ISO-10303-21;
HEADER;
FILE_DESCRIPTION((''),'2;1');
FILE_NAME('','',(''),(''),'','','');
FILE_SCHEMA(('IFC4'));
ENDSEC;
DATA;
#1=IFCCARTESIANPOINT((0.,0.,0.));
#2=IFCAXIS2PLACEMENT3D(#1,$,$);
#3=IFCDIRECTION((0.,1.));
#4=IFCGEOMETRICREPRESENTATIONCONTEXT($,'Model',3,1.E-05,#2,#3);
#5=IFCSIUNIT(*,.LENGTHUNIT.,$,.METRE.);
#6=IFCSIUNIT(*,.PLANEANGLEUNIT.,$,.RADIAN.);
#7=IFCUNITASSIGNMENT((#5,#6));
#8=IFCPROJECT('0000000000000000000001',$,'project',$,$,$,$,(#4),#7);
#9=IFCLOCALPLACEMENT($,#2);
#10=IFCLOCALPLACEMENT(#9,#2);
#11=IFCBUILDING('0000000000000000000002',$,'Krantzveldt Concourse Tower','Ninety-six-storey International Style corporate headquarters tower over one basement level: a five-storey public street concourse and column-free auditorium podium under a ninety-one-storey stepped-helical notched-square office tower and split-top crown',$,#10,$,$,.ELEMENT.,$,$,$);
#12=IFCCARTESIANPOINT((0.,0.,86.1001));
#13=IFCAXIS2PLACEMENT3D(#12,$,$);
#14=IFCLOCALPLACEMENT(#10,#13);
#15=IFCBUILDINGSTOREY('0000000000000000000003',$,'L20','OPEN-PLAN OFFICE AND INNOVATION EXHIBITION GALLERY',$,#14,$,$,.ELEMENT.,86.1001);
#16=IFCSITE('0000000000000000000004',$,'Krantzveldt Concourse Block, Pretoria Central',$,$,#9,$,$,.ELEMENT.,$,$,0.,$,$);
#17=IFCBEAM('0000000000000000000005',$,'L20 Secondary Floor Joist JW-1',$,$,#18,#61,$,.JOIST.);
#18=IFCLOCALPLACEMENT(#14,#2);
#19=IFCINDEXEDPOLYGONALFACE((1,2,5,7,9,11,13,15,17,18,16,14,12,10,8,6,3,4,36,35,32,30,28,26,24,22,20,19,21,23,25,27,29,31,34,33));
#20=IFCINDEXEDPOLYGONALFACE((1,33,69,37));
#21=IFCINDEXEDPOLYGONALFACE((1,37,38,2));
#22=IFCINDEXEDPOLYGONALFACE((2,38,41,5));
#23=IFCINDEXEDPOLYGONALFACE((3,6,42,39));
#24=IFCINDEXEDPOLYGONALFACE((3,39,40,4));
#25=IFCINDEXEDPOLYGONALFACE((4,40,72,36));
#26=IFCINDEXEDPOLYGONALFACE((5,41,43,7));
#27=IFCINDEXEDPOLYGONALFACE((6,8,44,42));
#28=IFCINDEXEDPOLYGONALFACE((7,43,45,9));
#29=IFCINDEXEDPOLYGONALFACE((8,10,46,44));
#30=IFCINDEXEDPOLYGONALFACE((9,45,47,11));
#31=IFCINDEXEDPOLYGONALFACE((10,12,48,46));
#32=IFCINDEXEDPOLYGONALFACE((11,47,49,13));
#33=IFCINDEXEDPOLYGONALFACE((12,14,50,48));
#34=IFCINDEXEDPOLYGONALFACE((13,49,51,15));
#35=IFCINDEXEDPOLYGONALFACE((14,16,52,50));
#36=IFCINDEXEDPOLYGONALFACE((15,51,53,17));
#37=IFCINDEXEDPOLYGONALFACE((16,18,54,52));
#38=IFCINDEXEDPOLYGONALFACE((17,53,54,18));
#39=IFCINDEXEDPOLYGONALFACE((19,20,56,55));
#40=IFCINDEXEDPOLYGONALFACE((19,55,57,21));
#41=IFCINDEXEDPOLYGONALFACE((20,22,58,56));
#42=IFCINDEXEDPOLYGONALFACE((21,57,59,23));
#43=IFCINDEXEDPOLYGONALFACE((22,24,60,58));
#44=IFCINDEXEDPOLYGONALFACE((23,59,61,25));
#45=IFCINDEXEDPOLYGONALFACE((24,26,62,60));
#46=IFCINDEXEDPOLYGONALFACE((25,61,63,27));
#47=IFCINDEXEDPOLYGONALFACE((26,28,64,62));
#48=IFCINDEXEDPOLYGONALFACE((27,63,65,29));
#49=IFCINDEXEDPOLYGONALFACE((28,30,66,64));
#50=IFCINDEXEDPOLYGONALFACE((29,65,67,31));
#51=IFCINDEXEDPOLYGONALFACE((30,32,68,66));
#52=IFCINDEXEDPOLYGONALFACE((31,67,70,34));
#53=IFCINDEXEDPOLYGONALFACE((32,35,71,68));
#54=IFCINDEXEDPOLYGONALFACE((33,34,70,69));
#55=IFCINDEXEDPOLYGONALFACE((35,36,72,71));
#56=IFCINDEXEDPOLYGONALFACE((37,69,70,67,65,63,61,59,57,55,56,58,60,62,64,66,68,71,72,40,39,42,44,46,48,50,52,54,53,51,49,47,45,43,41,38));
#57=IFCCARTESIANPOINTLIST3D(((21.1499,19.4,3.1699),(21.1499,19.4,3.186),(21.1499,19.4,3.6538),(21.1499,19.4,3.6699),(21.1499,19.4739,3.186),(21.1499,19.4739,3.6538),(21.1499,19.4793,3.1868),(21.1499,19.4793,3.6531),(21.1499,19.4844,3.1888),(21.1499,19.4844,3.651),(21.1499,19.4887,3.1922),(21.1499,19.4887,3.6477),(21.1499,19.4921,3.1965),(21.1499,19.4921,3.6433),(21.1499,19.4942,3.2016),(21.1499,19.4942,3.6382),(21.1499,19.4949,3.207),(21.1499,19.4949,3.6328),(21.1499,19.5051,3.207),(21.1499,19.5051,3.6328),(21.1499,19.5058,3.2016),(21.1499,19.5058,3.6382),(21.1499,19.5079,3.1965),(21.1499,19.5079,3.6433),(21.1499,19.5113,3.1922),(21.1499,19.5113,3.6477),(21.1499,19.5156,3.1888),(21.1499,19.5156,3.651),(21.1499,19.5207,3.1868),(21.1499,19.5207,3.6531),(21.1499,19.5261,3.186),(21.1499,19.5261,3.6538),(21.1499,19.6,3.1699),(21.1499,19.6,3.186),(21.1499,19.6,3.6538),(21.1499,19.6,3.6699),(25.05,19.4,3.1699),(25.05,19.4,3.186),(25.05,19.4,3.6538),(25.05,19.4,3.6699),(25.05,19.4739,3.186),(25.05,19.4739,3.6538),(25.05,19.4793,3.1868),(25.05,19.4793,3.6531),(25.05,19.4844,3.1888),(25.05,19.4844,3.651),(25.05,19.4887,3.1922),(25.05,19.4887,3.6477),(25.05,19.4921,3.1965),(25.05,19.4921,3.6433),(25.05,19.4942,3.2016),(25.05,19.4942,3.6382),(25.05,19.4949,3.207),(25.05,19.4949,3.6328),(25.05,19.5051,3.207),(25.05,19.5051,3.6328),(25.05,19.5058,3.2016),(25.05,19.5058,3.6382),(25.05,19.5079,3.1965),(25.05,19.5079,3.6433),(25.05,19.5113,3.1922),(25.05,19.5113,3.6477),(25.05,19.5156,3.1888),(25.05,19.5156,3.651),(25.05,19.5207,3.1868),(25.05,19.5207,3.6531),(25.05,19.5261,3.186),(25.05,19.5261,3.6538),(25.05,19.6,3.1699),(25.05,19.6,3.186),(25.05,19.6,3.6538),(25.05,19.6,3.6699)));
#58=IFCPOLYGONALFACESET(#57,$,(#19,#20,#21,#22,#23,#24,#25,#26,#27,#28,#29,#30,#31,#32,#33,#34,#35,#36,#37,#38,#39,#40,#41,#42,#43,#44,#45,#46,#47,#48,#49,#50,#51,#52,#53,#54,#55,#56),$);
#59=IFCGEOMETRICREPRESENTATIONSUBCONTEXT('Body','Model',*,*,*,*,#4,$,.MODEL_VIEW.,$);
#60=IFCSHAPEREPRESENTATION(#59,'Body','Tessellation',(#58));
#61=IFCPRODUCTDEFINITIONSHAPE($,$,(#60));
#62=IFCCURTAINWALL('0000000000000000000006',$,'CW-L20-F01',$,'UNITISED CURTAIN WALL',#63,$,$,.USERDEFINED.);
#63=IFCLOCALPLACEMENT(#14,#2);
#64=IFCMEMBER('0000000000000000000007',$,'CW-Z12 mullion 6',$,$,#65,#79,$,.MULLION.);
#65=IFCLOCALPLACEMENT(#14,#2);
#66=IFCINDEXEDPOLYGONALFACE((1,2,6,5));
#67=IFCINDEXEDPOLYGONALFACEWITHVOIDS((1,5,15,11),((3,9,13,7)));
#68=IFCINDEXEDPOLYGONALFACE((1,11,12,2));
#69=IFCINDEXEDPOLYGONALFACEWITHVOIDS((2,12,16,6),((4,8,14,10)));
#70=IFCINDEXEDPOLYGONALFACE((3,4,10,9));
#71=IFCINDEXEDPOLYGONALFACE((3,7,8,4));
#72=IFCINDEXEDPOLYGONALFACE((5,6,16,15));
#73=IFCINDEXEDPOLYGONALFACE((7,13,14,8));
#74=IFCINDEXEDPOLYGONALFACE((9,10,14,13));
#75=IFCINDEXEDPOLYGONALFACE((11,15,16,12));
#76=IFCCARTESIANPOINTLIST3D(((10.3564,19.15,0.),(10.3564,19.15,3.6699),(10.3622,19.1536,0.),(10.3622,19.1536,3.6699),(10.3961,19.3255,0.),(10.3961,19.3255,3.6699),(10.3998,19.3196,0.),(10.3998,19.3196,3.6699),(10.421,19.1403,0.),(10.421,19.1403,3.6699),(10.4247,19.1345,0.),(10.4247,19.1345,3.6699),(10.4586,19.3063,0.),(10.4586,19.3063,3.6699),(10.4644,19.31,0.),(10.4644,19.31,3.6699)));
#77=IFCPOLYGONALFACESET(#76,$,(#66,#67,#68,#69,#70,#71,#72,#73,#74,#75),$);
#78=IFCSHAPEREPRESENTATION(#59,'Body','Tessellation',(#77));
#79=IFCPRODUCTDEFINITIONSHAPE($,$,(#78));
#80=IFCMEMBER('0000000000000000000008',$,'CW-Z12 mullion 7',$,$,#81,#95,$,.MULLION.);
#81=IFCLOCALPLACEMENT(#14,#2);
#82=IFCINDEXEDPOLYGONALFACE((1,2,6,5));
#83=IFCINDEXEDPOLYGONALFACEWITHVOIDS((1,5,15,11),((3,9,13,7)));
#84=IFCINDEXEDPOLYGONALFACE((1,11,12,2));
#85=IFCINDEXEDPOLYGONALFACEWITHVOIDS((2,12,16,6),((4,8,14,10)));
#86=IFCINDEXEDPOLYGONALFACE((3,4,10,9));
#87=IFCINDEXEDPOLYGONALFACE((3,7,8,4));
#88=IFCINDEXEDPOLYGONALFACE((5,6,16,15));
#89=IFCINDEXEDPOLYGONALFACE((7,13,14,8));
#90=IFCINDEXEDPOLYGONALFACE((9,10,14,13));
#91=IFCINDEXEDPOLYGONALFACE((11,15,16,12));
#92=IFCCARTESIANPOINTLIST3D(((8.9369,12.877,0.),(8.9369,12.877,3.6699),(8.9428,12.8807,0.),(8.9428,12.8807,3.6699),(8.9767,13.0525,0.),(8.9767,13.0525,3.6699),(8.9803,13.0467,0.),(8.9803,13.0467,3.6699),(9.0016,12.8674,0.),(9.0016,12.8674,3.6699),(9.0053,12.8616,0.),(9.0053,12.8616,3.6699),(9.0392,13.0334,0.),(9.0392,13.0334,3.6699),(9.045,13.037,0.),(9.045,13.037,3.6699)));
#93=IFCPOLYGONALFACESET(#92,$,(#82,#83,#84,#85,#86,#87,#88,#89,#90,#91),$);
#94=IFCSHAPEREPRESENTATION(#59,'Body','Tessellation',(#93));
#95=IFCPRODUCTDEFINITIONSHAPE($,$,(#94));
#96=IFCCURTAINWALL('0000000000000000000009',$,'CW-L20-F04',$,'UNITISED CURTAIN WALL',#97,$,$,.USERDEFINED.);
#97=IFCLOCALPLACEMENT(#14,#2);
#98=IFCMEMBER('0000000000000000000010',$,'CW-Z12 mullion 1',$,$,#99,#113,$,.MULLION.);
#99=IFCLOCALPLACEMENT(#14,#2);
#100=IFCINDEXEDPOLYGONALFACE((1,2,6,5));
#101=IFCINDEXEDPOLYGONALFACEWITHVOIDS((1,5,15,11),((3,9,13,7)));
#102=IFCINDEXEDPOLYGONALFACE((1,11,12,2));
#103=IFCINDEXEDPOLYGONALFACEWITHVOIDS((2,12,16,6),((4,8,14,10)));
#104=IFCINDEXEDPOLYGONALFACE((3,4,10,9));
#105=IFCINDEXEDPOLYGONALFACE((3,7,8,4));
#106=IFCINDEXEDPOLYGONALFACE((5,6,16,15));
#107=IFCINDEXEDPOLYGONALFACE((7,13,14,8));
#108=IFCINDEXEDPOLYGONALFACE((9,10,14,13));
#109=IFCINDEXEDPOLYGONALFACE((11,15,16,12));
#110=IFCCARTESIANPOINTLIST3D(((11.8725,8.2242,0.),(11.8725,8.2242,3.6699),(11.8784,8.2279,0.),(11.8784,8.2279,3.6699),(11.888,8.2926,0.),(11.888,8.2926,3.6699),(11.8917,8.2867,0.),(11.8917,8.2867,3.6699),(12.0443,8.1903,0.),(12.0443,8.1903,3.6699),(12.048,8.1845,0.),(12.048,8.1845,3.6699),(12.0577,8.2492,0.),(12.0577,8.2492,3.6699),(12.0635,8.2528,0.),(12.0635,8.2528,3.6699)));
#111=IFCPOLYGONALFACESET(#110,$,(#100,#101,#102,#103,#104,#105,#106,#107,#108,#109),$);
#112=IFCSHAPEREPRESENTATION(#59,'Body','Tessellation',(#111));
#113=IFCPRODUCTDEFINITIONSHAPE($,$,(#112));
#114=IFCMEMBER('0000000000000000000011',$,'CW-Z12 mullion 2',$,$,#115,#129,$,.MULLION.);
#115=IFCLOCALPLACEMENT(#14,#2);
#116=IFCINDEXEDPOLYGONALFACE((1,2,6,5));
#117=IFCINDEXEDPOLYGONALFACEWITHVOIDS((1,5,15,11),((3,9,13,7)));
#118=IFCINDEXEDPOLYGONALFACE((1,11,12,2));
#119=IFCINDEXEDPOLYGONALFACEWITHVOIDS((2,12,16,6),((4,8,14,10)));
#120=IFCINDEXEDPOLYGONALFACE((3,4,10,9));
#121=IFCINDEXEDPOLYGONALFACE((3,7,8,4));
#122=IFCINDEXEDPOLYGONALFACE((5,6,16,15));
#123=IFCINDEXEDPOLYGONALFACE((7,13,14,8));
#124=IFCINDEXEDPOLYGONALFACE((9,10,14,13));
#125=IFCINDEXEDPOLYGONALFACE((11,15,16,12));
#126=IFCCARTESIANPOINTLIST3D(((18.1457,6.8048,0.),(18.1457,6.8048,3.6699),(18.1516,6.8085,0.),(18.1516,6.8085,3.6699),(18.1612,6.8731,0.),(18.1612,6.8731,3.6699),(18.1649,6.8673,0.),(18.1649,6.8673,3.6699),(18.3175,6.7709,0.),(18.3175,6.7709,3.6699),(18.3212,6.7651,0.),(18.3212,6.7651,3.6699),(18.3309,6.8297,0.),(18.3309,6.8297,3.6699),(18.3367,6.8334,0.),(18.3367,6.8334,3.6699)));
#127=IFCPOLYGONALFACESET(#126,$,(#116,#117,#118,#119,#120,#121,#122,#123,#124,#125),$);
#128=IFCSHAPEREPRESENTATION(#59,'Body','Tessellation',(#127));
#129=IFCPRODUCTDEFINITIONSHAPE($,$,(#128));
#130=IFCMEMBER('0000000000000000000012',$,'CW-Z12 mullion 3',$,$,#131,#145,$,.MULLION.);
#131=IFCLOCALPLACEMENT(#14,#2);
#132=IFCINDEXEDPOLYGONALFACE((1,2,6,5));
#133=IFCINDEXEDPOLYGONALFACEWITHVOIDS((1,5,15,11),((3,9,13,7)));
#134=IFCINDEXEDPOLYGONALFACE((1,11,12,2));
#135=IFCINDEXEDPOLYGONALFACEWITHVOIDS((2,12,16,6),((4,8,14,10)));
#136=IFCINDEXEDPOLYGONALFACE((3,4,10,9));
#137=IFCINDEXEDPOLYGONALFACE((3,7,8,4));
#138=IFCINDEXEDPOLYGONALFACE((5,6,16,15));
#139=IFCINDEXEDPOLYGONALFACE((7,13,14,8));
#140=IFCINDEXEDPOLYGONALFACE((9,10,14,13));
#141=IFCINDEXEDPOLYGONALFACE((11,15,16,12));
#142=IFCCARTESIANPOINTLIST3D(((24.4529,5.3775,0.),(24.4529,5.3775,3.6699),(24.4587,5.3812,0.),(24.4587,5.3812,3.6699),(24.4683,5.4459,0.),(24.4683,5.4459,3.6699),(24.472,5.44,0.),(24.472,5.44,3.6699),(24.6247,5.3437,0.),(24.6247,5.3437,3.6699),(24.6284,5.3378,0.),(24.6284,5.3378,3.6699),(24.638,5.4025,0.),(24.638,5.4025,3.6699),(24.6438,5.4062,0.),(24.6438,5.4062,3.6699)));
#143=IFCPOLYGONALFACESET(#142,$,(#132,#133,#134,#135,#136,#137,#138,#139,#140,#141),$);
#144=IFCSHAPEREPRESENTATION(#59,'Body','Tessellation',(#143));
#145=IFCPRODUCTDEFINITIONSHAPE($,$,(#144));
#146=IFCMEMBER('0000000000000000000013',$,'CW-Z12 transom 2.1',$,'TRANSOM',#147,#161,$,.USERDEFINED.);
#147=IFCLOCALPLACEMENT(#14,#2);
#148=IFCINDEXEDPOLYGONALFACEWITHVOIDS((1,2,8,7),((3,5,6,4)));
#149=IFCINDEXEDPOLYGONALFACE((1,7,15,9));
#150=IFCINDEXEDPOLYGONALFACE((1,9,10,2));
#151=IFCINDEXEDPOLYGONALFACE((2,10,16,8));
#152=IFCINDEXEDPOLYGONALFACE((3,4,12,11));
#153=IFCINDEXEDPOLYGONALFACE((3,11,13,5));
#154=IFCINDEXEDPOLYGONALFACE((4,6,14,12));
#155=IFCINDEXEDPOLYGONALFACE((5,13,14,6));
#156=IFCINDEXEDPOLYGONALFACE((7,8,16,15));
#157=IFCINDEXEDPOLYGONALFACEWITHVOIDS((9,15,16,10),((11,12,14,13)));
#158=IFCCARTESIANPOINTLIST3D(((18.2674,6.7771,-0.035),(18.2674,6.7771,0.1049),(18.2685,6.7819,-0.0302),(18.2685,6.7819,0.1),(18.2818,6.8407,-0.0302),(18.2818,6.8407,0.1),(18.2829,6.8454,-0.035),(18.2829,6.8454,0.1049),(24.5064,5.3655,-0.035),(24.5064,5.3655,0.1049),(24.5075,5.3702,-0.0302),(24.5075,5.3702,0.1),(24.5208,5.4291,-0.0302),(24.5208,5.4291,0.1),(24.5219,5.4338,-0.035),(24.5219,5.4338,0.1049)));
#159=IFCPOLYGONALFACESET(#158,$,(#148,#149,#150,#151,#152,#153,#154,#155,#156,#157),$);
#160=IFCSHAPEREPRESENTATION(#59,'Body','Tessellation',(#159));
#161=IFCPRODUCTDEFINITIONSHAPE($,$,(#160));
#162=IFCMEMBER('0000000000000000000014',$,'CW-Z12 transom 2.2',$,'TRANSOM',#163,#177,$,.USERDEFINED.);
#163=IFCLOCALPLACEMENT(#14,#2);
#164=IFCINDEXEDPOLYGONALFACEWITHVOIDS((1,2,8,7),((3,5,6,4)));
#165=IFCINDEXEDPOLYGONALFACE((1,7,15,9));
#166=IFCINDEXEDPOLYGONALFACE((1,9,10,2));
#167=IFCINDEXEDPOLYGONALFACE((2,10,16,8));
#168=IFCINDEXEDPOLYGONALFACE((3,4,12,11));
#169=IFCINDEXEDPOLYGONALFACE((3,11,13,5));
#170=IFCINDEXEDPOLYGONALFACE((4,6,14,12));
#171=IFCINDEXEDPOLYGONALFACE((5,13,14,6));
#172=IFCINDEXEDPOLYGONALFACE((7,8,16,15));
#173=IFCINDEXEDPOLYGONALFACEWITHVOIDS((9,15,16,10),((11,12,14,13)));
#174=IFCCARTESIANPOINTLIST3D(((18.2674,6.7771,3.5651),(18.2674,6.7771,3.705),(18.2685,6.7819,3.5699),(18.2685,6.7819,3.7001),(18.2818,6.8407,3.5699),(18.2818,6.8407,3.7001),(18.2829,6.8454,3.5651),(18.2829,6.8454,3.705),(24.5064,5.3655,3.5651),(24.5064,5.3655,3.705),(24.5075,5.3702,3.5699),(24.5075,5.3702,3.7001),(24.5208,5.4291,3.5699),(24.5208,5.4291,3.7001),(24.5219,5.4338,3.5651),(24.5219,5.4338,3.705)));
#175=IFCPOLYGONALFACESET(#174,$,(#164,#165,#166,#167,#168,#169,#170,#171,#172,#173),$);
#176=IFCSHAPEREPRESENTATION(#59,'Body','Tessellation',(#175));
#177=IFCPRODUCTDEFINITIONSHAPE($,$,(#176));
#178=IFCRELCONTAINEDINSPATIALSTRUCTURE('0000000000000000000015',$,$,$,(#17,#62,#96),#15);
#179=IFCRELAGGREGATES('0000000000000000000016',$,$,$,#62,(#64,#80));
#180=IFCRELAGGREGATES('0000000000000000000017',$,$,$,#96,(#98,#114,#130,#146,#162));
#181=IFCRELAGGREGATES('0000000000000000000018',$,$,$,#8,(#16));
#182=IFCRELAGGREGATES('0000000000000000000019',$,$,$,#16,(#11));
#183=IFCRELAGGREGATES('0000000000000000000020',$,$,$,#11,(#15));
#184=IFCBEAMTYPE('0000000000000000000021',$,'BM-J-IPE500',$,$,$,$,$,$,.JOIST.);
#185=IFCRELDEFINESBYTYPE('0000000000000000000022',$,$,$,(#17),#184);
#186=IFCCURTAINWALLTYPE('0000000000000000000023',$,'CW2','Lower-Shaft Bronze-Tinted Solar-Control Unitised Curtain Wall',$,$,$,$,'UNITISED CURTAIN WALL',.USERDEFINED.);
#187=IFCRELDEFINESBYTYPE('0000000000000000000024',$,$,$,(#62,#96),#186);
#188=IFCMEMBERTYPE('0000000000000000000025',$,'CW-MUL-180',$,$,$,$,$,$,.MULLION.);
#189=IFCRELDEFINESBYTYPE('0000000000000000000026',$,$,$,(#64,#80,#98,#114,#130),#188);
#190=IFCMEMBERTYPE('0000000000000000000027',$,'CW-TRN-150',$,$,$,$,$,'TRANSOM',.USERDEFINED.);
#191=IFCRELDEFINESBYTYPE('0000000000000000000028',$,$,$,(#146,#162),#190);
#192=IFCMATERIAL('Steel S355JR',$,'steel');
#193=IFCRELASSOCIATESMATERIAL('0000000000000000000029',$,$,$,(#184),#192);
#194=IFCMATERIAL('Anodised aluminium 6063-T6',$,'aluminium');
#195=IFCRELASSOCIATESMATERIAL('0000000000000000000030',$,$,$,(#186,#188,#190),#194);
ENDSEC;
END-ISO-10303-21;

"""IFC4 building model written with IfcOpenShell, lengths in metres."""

from ifc_helpers import new_model, si_unit, direction, frame, origin, origin_2d, place, context, subcontext, project, spatial, hollow_rectangle, i_section, extrude, source, transform, mapped, material, material_profile, profile_set, type_object, type_shapes, element, aggregate, save


model = new_model("IFC4")

# Units and contexts
model_context = context("Model", 3, precision=1e-05, world=origin(), true_north=direction((0.0, 1.0)))
body_context = subcontext(model_context, "Body", "Model", "MODEL_VIEW")
ifc_project = project(units=[si_unit("LENGTHUNIT", "METRE"), si_unit("PLANEANGLEUNIT", "RADIAN")], contexts=[model_context])

# Site, building, storey
site_placement = place(None, origin())
site = spatial("IfcSite", under=ifc_project, at=site_placement, Name="Krantzveldt Concourse Block, Pretoria Central", CompositionType="ELEMENT", RefElevation=0.0)
building_placement = place(site_placement, origin())
building = spatial("IfcBuilding", under=site, at=building_placement, Name="Krantzveldt Concourse Tower", Description="Ninety-six-storey International Style corporate headquarters tower over one basement level: a five-storey public street concourse and column-free auditorium podium under a ninety-one-storey stepped-helical notched-square office tower and split-top crown", CompositionType="ELEMENT")
storey_placement = place(building_placement, frame((0.0, 0.0, 86.1001)))
storey = spatial("IfcBuildingStorey", under=building, at=storey_placement, Name="L20", Description="OPEN-PLAN OFFICE AND INNOVATION EXHIBITION GALLERY", CompositionType="ELEMENT", Elevation=86.1001)

# Beam
ifc_material_1 = material(Name="Steel S355JR", Category="steel")
ifc_material_profile_1 = material_profile(ifc_material_1, i_section(OverallWidth=0.2, OverallDepth=0.5, WebThickness=0.0103, FlangeThickness=0.0161, FilletRadius=0.021, at=origin_2d()), Name="Steel S355JR", Category="steel")
ifc_profile_set_1 = profile_set([ifc_material_profile_1], Name="Steel S355JR - IPE 500")
beam_type_1 = type_object("IfcBeamType", Name="BM-J-IPE500", PredefinedType="JOIST", material=ifc_profile_set_1)
shared_shape_1 = source(origin(), body_context, "Body", "SweptSolid", [
    extrude(i_section(OverallWidth=0.2, OverallDepth=0.5, WebThickness=0.0103, FlangeThickness=0.0161, FilletRadius=0.021, at=origin_2d()), origin(), (0.0, 0.0, 1.0), 3.9001),
])
type_shapes(beam_type_1, [shared_shape_1])
beam_1_placement = place(storey_placement, frame((21.1499, 19.5, 3.4199), z_axis=(1.0, 0.0, 0.0), x_axis=(0.0, 1.0, 0.0)))
element("IfcBeam", 1, at=beam_1_placement, inside=storey, type_object=beam_type_1, Name="L20 Secondary Floor Joist JW-1", PredefinedType="JOIST", context=body_context, shape_type="MappedRepresentation", body=[
    mapped(shared_shape_1, transform((0.0, 0.0, 0.0), x_axis=(1.0, 0.0, 0.0), y_axis=(0.0, 1.0, 0.0), z_axis=(0.0, 0.0, 1.0), scale=1.0)),
])

# Curtain walls, members
ifc_material_2 = material(Name="Anodised aluminium 6063-T6", Category="aluminium")
curtain_wall_type = type_object("IfcCurtainWallType", Name="CW2", Description="Lower-Shaft Bronze-Tinted Solar-Control Unitised Curtain Wall", ElementType="UNITISED CURTAIN WALL", PredefinedType="USERDEFINED", material=ifc_material_2)
curtain_wall_1_placement = place(storey_placement, origin())
curtain_wall_1 = element("IfcCurtainWall", 2, at=curtain_wall_1_placement, inside=storey, type_object=curtain_wall_type, Name="CW-L20-F01", ObjectType="UNITISED CURTAIN WALL", PredefinedType="USERDEFINED")
ifc_material_profile_2 = material_profile(ifc_material_2, hollow_rectangle(XDim=0.0701, YDim=0.1799, WallThickness=0.0049, at=origin_2d()), Name="Anodised aluminium 6063-T6", Category="aluminium")
ifc_profile_set_2 = profile_set([ifc_material_profile_2], Name="Anodised aluminium 6063-T6 - ALU-MULL 180x70x5")
member_type_1 = type_object("IfcMemberType", Name="CW-MUL-180", PredefinedType="MULLION", material=ifc_profile_set_2)
shared_shape_2 = source(origin(), body_context, "Body", "SweptSolid", [
    extrude(hollow_rectangle(XDim=0.0701, YDim=0.1799, WallThickness=0.0049, at=origin_2d()), origin(), (0.0, 0.0, 1.0), 3.6699),
])
type_shapes(member_type_1, [shared_shape_2])
member_1_placement = place(storey_placement, frame((10.4104, 19.23, 0.0), z_axis=(0.0, 0.0, 1.0), x_axis=(0.975342, -0.220697, 0.0)))
member_1 = element("IfcMember", 3, at=member_1_placement, type_object=member_type_1, Name="CW-Z12 mullion 6", PredefinedType="MULLION", context=body_context, shape_type="MappedRepresentation", body=[
    mapped(shared_shape_2, transform((0.0, 0.0, 0.0), x_axis=(1.0, 0.0, 0.0), y_axis=(0.0, 1.0, 0.0), z_axis=(0.0, 0.0, 1.0), scale=1.0)),
])
member_2_placement = place(storey_placement, frame((8.991, 12.957, 0.0), z_axis=(0.0, 0.0, 1.0), x_axis=(0.975342, -0.220697, 0.0)))
member_2 = element("IfcMember", 4, at=member_2_placement, type_object=member_type_1, Name="CW-Z12 mullion 7", PredefinedType="MULLION", context=body_context, shape_type="MappedRepresentation", body=[
    mapped(shared_shape_2, transform((0.0, 0.0, 0.0), x_axis=(1.0, 0.0, 0.0), y_axis=(0.0, 1.0, 0.0), z_axis=(0.0, 0.0, 1.0), scale=1.0)),
])
curtain_wall_2_placement = place(storey_placement, origin())
curtain_wall_2 = element("IfcCurtainWall", 5, at=curtain_wall_2_placement, inside=storey, type_object=curtain_wall_type, Name="CW-L20-F04", ObjectType="UNITISED CURTAIN WALL", PredefinedType="USERDEFINED")
member_3_placement = place(storey_placement, frame((11.968, 8.2385, 0.0), z_axis=(0.0, 0.0, 1.0), x_axis=(0.220697, 0.975342, 0.0)))
member_3 = element("IfcMember", 6, at=member_3_placement, type_object=member_type_1, Name="CW-Z12 mullion 1", PredefinedType="MULLION", context=body_context, shape_type="MappedRepresentation", body=[
    mapped(shared_shape_2, transform((0.0, 0.0, 0.0), x_axis=(1.0, 0.0, 0.0), y_axis=(0.0, 1.0, 0.0), z_axis=(0.0, 0.0, 1.0), scale=1.0)),
])
member_4_placement = place(storey_placement, frame((18.2412, 6.8191, 0.0), z_axis=(0.0, 0.0, 1.0), x_axis=(0.220697, 0.975342, 0.0)))
member_4 = element("IfcMember", 7, at=member_4_placement, type_object=member_type_1, Name="CW-Z12 mullion 2", PredefinedType="MULLION", context=body_context, shape_type="MappedRepresentation", body=[
    mapped(shared_shape_2, transform((0.0, 0.0, 0.0), x_axis=(1.0, 0.0, 0.0), y_axis=(0.0, 1.0, 0.0), z_axis=(0.0, 0.0, 1.0), scale=1.0)),
])
member_5_placement = place(storey_placement, frame((24.5483, 5.3918, 0.0), z_axis=(0.0, 0.0, 1.0), x_axis=(0.220697, 0.975342, 0.0)))
member_5 = element("IfcMember", 8, at=member_5_placement, type_object=member_type_1, Name="CW-Z12 mullion 3", PredefinedType="MULLION", context=body_context, shape_type="MappedRepresentation", body=[
    mapped(shared_shape_2, transform((0.0, 0.0, 0.0), x_axis=(1.0, 0.0, 0.0), y_axis=(0.0, 1.0, 0.0), z_axis=(0.0, 0.0, 1.0), scale=1.0)),
])
ifc_material_profile_3 = material_profile(ifc_material_2, hollow_rectangle(XDim=0.0701, YDim=0.1399, WallThickness=0.0049, at=origin_2d()), Name="Anodised aluminium 6063-T6", Category="aluminium")
ifc_profile_set_3 = profile_set([ifc_material_profile_3], Name="Anodised aluminium 6063-T6 - ALU-TRAN 140x70x5")
member_type_2 = type_object("IfcMemberType", Name="CW-TRN-150", ElementType="TRANSOM", PredefinedType="USERDEFINED", material=ifc_profile_set_3)
shared_shape_3 = source(origin(), body_context, "Body", "SweptSolid", [
    extrude(hollow_rectangle(XDim=0.0701, YDim=0.1399, WallThickness=0.0049, at=origin_2d()), origin(), (0.0, 0.0, 1.0), 6.3967),
])
member_6_placement = place(storey_placement, frame((18.2751, 6.8113, 0.0349), z_axis=(0.975346, -0.220679, 0.0), x_axis=(0.220679, 0.975346, 0.0)))
member_6 = element("IfcMember", 9, at=member_6_placement, type_object=member_type_2, Name="CW-Z12 transom 2.1", ObjectType="TRANSOM", PredefinedType="USERDEFINED", context=body_context, shape_type="MappedRepresentation", body=[
    mapped(shared_shape_3, transform((0.0, 0.0, 0.0), x_axis=(1.0, 0.0, 0.0), y_axis=(0.0, 1.0, 0.0), z_axis=(0.0, 0.0, 1.0), scale=1.0)),
])
member_7_placement = place(storey_placement, frame((18.2751, 6.8113, 3.635), z_axis=(0.975346, -0.220679, 0.0), x_axis=(0.220679, 0.975346, 0.0)))
member_7 = element("IfcMember", 10, at=member_7_placement, type_object=member_type_2, Name="CW-Z12 transom 2.2", ObjectType="TRANSOM", PredefinedType="USERDEFINED", context=body_context, shape_type="MappedRepresentation", body=[
    mapped(shared_shape_3, transform((0.0, 0.0, 0.0), x_axis=(1.0, 0.0, 0.0), y_axis=(0.0, 1.0, 0.0), z_axis=(0.0, 0.0, 1.0), scale=1.0)),
])

aggregate(curtain_wall_1, [member_1, member_2])
aggregate(curtain_wall_2, [member_3, member_4, member_5, member_6, member_7])

save(model, "model.ifc")
